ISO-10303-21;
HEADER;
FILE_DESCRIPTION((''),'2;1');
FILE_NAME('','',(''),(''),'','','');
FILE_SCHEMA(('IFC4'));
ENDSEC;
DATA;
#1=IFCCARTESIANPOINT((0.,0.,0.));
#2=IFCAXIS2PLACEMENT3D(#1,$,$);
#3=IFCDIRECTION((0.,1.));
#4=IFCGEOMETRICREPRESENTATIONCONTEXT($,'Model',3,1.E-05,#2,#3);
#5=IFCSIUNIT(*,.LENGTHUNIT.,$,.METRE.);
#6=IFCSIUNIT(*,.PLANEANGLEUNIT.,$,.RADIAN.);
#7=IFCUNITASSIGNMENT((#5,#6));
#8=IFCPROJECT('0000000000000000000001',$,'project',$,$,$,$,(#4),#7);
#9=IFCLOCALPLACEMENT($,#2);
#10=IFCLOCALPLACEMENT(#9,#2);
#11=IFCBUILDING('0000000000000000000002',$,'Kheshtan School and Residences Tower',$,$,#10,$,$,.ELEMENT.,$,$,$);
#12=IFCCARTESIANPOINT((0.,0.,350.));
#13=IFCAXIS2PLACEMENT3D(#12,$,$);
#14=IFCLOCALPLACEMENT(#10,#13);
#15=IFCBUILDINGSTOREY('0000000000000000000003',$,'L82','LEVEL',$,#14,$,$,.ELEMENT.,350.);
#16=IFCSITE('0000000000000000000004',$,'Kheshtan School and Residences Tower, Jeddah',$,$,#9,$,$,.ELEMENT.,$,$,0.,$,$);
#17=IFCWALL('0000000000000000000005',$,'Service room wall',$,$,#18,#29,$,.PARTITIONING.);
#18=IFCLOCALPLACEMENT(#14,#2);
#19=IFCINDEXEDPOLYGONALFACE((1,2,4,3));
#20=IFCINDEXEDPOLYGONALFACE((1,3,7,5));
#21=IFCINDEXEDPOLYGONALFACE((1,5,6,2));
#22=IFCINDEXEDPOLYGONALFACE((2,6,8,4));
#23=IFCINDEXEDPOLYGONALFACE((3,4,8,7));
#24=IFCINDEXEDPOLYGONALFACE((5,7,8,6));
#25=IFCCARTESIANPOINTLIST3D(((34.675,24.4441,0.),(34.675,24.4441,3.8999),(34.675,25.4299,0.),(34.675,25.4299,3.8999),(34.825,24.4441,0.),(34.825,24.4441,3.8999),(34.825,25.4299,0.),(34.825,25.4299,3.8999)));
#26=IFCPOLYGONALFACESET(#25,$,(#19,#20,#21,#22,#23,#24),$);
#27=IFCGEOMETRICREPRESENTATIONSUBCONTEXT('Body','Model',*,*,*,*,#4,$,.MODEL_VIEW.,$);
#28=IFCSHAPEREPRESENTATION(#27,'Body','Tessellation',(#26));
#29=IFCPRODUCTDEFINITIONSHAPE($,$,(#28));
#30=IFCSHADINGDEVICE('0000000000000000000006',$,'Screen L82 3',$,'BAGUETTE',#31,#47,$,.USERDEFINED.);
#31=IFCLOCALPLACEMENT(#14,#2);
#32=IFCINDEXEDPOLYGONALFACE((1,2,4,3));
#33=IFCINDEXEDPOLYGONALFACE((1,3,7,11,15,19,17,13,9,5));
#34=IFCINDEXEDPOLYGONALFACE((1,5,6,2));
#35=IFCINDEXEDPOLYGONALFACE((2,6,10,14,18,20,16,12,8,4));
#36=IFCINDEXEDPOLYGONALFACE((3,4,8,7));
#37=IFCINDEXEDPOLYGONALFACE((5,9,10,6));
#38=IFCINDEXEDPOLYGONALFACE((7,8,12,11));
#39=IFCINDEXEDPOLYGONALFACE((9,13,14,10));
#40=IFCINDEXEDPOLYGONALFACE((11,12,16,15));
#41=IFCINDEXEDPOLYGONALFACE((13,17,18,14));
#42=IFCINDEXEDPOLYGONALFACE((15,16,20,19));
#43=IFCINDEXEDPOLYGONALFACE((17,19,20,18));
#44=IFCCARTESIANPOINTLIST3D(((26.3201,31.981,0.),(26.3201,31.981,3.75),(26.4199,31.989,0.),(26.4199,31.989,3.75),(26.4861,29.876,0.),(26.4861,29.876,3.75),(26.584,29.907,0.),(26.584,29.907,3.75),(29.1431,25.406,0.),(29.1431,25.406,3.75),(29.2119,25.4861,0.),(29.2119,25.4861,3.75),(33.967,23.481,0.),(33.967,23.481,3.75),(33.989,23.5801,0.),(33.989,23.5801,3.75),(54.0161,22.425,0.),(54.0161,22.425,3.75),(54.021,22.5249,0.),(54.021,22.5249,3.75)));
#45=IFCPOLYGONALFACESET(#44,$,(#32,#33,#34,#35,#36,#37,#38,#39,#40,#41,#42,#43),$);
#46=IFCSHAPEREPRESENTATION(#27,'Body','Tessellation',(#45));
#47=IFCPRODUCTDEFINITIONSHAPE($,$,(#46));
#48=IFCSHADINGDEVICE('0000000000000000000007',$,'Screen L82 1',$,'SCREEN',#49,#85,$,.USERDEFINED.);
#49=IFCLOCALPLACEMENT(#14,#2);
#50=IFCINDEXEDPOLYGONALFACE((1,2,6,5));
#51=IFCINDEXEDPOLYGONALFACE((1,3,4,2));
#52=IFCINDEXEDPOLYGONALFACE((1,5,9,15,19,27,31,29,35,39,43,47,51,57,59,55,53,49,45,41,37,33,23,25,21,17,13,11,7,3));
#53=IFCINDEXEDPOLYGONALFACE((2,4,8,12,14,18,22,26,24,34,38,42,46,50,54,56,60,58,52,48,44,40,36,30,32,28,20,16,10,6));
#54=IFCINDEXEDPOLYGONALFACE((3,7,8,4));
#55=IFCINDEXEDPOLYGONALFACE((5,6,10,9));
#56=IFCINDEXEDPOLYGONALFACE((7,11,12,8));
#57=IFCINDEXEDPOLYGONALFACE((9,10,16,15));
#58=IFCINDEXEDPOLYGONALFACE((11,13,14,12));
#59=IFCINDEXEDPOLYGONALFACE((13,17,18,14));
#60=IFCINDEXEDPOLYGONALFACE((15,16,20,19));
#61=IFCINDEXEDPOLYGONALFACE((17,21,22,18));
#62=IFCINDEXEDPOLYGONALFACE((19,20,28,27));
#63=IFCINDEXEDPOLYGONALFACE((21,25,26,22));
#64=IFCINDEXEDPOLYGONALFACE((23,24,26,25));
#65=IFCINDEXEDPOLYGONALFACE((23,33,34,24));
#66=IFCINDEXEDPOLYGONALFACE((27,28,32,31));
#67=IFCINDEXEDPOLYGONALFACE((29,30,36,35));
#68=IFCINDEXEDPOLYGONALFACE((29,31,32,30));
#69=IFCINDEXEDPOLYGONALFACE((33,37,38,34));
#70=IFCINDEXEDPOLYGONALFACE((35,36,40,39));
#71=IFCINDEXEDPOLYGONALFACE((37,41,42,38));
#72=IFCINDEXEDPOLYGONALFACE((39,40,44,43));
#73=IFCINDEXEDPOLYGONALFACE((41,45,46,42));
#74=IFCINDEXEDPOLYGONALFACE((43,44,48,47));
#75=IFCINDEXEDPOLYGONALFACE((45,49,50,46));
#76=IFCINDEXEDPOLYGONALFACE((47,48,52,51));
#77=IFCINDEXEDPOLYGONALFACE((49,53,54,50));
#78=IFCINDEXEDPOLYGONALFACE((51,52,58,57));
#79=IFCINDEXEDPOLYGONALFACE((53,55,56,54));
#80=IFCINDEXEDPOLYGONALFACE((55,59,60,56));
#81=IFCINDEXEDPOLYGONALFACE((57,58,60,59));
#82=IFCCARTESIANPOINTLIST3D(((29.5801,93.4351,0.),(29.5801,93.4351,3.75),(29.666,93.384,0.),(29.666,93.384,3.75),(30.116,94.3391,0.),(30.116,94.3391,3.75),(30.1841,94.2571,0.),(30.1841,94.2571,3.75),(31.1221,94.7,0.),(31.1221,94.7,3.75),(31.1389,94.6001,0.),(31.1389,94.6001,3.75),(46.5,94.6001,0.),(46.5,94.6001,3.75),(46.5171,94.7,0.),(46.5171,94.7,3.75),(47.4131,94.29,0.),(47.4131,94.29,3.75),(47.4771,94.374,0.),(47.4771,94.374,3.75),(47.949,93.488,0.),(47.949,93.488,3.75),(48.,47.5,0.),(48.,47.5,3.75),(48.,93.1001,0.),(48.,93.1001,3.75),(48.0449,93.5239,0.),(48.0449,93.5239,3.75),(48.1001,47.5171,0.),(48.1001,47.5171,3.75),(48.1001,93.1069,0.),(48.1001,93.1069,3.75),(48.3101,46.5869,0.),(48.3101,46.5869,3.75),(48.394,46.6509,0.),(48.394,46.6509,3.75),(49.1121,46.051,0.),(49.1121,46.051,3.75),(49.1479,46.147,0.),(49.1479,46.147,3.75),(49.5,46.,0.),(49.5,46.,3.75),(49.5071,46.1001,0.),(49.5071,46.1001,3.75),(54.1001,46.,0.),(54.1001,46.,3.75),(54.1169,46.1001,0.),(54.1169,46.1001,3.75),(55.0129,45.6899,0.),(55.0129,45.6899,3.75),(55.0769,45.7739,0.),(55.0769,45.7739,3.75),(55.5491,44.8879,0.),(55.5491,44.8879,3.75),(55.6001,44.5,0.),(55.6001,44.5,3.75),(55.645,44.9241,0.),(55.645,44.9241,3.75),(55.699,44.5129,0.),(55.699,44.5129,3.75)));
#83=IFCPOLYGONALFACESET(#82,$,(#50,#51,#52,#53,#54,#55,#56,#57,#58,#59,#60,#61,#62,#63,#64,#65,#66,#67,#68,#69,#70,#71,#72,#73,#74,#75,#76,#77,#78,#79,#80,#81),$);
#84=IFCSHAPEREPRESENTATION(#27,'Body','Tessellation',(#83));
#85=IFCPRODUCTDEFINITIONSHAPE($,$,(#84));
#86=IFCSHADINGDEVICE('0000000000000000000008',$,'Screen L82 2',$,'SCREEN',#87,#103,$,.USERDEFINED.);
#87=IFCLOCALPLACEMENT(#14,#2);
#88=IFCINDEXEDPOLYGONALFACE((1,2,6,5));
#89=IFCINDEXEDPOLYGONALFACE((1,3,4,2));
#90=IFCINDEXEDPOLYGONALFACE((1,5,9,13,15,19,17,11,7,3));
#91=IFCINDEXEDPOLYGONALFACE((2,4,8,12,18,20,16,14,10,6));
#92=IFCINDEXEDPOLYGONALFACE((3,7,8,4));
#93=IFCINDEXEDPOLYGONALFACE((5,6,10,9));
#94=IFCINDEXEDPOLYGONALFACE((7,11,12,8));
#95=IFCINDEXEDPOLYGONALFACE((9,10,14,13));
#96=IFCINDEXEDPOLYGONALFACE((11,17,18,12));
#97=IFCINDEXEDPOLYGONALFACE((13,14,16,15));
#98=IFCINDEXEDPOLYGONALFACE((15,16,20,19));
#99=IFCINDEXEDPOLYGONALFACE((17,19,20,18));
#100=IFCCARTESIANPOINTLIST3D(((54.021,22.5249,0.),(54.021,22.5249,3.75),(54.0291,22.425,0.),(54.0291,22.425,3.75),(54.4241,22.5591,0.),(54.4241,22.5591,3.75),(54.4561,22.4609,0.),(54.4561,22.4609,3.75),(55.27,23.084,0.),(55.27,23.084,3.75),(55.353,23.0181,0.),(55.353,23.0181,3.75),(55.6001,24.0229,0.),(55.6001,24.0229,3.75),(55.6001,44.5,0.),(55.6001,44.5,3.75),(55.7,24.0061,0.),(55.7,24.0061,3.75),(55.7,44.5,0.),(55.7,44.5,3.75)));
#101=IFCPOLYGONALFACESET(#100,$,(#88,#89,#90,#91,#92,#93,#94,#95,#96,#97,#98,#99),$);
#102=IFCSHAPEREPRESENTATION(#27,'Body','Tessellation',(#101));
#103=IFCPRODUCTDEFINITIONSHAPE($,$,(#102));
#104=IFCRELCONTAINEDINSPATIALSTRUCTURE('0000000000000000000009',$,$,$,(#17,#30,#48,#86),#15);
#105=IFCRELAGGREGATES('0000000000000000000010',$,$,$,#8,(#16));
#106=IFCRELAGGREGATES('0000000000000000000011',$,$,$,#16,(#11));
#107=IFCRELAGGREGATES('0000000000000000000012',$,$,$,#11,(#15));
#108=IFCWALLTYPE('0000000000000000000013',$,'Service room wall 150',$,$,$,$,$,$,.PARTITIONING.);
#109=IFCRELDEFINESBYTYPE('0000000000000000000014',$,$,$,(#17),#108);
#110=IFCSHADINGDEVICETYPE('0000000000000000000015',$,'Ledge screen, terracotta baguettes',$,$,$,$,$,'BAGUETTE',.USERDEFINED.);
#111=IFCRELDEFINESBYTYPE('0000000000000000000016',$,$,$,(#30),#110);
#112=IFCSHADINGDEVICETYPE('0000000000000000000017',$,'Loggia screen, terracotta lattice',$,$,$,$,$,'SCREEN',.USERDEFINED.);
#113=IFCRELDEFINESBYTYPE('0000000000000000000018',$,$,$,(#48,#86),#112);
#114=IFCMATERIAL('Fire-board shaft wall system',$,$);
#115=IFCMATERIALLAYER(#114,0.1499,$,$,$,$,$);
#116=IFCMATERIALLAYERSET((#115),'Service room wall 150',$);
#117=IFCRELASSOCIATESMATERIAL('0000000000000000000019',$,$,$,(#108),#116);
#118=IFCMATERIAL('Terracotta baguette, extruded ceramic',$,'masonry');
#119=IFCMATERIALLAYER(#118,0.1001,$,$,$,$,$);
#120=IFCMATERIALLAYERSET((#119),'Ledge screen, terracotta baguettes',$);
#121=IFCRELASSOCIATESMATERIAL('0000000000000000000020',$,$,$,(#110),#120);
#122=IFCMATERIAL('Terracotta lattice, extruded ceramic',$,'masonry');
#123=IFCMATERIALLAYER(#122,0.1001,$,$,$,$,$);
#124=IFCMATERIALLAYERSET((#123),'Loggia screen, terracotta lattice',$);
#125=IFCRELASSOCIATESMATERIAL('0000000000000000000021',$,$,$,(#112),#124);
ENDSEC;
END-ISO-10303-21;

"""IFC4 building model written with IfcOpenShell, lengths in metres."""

from ifc_helpers import new_model, si_unit, direction, frame, frame_2d, origin, place, context, subcontext, project, spatial, polyline, rectangle, outline, extrude, material, layer, layer_set, type_object, element, save


model = new_model("IFC4")

# Units and contexts
model_context = context("Model", 3, precision=1e-05, world=origin(), true_north=direction((0.0, 1.0)))
body_context = subcontext(model_context, "Body", "Model", "MODEL_VIEW")
ifc_project = project(units=[si_unit("LENGTHUNIT", "METRE"), si_unit("PLANEANGLEUNIT", "RADIAN")], contexts=[model_context])

# Site, building, storey
site_placement = place(None, origin())
site = spatial("IfcSite", under=ifc_project, at=site_placement, Name="Kheshtan School and Residences Tower, Jeddah", CompositionType="ELEMENT", RefElevation=0.0)
building_placement = place(site_placement, origin())
building = spatial("IfcBuilding", under=site, at=building_placement, Name="Kheshtan School and Residences Tower", CompositionType="ELEMENT")
storey_placement = place(building_placement, frame((0.0, 0.0, 350.0)))
storey = spatial("IfcBuildingStorey", under=building, at=storey_placement, Name="L82", Description="LEVEL", CompositionType="ELEMENT", Elevation=350.0)

# Wall
ifc_material_1 = material(Name="Fire-board shaft wall system")
ifc_layer_1 = layer(ifc_material_1, 0.1499)
ifc_layer_set_1 = layer_set([ifc_layer_1], Name="Service room wall 150")
wall_type_1 = type_object("IfcWallType", Name="Service room wall 150", PredefinedType="PARTITIONING", material=ifc_layer_set_1)
wall_1_placement = place(storey_placement, frame((34.75, 24.4441, 0.0), z_axis=(0.0, 0.0, 1.0), x_axis=(0.0, 1.0, 0.0)))
element("IfcWall", 1, at=wall_1_placement, inside=storey, type_object=wall_type_1, Name="Service room wall", PredefinedType="PARTITIONING", context=body_context, shape_type="SweptSolid", body=[
    extrude(rectangle(XDim=0.9858, YDim=0.1499, at=frame_2d((0.4929, 0.0))), origin(), (0.0, 0.0, 1.0), 3.8999),
])

# Shading devices
ifc_material_2 = material(Name="Terracotta baguette, extruded ceramic", Category="masonry")
ifc_layer_2 = layer(ifc_material_2, 0.1001)
ifc_layer_set_2 = layer_set([ifc_layer_2], Name="Ledge screen, terracotta baguettes")
shading_device_type_1 = type_object("IfcShadingDeviceType", Name="Ledge screen, terracotta baguettes", ElementType="BAGUETTE", PredefinedType="USERDEFINED", material=ifc_layer_set_2)
shading_device_1_placement = place(storey_placement, origin())
element("IfcShadingDevice", 2, at=shading_device_1_placement, inside=storey, type_object=shading_device_type_1, Name="Screen L82 3", ObjectType="BAGUETTE", PredefinedType="USERDEFINED", context=body_context, shape_type="SweptSolid", body=[
    extrude(outline(polyline([(54.021, 22.5249), (33.989, 23.5801), (29.2119, 25.4861), (26.584, 29.907), (26.4199, 31.989), (26.3201, 31.981), (26.4861, 29.876), (29.1431, 25.406), (33.967, 23.481), (54.0161, 22.425), (54.021, 22.5249)])), origin(), (0.0, 0.0, 1.0), 3.75),
])
ifc_material_3 = material(Name="Terracotta lattice, extruded ceramic", Category="masonry")
ifc_layer_3 = layer(ifc_material_3, 0.1001)
ifc_layer_set_3 = layer_set([ifc_layer_3], Name="Loggia screen, terracotta lattice")
shading_device_type_2 = type_object("IfcShadingDeviceType", Name="Loggia screen, terracotta lattice", ElementType="SCREEN", PredefinedType="USERDEFINED", material=ifc_layer_set_3)
shading_device_2_placement = place(storey_placement, origin())
element("IfcShadingDevice", 3, at=shading_device_2_placement, inside=storey, type_object=shading_device_type_2, Name="Screen L82 1", ObjectType="SCREEN", PredefinedType="USERDEFINED", context=body_context, shape_type="SweptSolid", body=[
    extrude(outline(polyline([(29.666, 93.384), (30.1841, 94.2571), (31.1389, 94.6001), (46.5, 94.6001), (47.4131, 94.29), (47.949, 93.488), (48.0, 93.1001), (48.0, 47.5), (48.3101, 46.5869), (49.1121, 46.051), (49.5, 46.0), (54.1001, 46.0), (55.0129, 45.6899), (55.5491, 44.8879), (55.6001, 44.5), (55.699, 44.5129), (55.645, 44.9241), (55.0769, 45.7739), (54.1169, 46.1001), (49.5071, 46.1001), (49.1479, 46.147), (48.394, 46.6509), (48.1001, 47.5171), (48.1001, 93.1069), (48.0449, 93.5239), (47.4771, 94.374), (46.5171, 94.7), (31.1221, 94.7), (30.116, 94.3391), (29.5801, 93.4351), (29.666, 93.384)])), origin(), (0.0, 0.0, 1.0), 3.75),
])
shading_device_3_placement = place(storey_placement, origin())
element("IfcShadingDevice", 4, at=shading_device_3_placement, inside=storey, type_object=shading_device_type_2, Name="Screen L82 2", ObjectType="SCREEN", PredefinedType="USERDEFINED", context=body_context, shape_type="SweptSolid", body=[
    extrude(outline(polyline([(55.6001, 44.5), (55.6001, 24.0229), (55.27, 23.084), (54.4241, 22.5591), (54.021, 22.5249), (54.0291, 22.425), (54.4561, 22.4609), (55.353, 23.0181), (55.7, 24.0061), (55.7, 44.5), (55.6001, 44.5)])), origin(), (0.0, 0.0, 1.0), 3.75),
])

save(model, "model.ifc")
